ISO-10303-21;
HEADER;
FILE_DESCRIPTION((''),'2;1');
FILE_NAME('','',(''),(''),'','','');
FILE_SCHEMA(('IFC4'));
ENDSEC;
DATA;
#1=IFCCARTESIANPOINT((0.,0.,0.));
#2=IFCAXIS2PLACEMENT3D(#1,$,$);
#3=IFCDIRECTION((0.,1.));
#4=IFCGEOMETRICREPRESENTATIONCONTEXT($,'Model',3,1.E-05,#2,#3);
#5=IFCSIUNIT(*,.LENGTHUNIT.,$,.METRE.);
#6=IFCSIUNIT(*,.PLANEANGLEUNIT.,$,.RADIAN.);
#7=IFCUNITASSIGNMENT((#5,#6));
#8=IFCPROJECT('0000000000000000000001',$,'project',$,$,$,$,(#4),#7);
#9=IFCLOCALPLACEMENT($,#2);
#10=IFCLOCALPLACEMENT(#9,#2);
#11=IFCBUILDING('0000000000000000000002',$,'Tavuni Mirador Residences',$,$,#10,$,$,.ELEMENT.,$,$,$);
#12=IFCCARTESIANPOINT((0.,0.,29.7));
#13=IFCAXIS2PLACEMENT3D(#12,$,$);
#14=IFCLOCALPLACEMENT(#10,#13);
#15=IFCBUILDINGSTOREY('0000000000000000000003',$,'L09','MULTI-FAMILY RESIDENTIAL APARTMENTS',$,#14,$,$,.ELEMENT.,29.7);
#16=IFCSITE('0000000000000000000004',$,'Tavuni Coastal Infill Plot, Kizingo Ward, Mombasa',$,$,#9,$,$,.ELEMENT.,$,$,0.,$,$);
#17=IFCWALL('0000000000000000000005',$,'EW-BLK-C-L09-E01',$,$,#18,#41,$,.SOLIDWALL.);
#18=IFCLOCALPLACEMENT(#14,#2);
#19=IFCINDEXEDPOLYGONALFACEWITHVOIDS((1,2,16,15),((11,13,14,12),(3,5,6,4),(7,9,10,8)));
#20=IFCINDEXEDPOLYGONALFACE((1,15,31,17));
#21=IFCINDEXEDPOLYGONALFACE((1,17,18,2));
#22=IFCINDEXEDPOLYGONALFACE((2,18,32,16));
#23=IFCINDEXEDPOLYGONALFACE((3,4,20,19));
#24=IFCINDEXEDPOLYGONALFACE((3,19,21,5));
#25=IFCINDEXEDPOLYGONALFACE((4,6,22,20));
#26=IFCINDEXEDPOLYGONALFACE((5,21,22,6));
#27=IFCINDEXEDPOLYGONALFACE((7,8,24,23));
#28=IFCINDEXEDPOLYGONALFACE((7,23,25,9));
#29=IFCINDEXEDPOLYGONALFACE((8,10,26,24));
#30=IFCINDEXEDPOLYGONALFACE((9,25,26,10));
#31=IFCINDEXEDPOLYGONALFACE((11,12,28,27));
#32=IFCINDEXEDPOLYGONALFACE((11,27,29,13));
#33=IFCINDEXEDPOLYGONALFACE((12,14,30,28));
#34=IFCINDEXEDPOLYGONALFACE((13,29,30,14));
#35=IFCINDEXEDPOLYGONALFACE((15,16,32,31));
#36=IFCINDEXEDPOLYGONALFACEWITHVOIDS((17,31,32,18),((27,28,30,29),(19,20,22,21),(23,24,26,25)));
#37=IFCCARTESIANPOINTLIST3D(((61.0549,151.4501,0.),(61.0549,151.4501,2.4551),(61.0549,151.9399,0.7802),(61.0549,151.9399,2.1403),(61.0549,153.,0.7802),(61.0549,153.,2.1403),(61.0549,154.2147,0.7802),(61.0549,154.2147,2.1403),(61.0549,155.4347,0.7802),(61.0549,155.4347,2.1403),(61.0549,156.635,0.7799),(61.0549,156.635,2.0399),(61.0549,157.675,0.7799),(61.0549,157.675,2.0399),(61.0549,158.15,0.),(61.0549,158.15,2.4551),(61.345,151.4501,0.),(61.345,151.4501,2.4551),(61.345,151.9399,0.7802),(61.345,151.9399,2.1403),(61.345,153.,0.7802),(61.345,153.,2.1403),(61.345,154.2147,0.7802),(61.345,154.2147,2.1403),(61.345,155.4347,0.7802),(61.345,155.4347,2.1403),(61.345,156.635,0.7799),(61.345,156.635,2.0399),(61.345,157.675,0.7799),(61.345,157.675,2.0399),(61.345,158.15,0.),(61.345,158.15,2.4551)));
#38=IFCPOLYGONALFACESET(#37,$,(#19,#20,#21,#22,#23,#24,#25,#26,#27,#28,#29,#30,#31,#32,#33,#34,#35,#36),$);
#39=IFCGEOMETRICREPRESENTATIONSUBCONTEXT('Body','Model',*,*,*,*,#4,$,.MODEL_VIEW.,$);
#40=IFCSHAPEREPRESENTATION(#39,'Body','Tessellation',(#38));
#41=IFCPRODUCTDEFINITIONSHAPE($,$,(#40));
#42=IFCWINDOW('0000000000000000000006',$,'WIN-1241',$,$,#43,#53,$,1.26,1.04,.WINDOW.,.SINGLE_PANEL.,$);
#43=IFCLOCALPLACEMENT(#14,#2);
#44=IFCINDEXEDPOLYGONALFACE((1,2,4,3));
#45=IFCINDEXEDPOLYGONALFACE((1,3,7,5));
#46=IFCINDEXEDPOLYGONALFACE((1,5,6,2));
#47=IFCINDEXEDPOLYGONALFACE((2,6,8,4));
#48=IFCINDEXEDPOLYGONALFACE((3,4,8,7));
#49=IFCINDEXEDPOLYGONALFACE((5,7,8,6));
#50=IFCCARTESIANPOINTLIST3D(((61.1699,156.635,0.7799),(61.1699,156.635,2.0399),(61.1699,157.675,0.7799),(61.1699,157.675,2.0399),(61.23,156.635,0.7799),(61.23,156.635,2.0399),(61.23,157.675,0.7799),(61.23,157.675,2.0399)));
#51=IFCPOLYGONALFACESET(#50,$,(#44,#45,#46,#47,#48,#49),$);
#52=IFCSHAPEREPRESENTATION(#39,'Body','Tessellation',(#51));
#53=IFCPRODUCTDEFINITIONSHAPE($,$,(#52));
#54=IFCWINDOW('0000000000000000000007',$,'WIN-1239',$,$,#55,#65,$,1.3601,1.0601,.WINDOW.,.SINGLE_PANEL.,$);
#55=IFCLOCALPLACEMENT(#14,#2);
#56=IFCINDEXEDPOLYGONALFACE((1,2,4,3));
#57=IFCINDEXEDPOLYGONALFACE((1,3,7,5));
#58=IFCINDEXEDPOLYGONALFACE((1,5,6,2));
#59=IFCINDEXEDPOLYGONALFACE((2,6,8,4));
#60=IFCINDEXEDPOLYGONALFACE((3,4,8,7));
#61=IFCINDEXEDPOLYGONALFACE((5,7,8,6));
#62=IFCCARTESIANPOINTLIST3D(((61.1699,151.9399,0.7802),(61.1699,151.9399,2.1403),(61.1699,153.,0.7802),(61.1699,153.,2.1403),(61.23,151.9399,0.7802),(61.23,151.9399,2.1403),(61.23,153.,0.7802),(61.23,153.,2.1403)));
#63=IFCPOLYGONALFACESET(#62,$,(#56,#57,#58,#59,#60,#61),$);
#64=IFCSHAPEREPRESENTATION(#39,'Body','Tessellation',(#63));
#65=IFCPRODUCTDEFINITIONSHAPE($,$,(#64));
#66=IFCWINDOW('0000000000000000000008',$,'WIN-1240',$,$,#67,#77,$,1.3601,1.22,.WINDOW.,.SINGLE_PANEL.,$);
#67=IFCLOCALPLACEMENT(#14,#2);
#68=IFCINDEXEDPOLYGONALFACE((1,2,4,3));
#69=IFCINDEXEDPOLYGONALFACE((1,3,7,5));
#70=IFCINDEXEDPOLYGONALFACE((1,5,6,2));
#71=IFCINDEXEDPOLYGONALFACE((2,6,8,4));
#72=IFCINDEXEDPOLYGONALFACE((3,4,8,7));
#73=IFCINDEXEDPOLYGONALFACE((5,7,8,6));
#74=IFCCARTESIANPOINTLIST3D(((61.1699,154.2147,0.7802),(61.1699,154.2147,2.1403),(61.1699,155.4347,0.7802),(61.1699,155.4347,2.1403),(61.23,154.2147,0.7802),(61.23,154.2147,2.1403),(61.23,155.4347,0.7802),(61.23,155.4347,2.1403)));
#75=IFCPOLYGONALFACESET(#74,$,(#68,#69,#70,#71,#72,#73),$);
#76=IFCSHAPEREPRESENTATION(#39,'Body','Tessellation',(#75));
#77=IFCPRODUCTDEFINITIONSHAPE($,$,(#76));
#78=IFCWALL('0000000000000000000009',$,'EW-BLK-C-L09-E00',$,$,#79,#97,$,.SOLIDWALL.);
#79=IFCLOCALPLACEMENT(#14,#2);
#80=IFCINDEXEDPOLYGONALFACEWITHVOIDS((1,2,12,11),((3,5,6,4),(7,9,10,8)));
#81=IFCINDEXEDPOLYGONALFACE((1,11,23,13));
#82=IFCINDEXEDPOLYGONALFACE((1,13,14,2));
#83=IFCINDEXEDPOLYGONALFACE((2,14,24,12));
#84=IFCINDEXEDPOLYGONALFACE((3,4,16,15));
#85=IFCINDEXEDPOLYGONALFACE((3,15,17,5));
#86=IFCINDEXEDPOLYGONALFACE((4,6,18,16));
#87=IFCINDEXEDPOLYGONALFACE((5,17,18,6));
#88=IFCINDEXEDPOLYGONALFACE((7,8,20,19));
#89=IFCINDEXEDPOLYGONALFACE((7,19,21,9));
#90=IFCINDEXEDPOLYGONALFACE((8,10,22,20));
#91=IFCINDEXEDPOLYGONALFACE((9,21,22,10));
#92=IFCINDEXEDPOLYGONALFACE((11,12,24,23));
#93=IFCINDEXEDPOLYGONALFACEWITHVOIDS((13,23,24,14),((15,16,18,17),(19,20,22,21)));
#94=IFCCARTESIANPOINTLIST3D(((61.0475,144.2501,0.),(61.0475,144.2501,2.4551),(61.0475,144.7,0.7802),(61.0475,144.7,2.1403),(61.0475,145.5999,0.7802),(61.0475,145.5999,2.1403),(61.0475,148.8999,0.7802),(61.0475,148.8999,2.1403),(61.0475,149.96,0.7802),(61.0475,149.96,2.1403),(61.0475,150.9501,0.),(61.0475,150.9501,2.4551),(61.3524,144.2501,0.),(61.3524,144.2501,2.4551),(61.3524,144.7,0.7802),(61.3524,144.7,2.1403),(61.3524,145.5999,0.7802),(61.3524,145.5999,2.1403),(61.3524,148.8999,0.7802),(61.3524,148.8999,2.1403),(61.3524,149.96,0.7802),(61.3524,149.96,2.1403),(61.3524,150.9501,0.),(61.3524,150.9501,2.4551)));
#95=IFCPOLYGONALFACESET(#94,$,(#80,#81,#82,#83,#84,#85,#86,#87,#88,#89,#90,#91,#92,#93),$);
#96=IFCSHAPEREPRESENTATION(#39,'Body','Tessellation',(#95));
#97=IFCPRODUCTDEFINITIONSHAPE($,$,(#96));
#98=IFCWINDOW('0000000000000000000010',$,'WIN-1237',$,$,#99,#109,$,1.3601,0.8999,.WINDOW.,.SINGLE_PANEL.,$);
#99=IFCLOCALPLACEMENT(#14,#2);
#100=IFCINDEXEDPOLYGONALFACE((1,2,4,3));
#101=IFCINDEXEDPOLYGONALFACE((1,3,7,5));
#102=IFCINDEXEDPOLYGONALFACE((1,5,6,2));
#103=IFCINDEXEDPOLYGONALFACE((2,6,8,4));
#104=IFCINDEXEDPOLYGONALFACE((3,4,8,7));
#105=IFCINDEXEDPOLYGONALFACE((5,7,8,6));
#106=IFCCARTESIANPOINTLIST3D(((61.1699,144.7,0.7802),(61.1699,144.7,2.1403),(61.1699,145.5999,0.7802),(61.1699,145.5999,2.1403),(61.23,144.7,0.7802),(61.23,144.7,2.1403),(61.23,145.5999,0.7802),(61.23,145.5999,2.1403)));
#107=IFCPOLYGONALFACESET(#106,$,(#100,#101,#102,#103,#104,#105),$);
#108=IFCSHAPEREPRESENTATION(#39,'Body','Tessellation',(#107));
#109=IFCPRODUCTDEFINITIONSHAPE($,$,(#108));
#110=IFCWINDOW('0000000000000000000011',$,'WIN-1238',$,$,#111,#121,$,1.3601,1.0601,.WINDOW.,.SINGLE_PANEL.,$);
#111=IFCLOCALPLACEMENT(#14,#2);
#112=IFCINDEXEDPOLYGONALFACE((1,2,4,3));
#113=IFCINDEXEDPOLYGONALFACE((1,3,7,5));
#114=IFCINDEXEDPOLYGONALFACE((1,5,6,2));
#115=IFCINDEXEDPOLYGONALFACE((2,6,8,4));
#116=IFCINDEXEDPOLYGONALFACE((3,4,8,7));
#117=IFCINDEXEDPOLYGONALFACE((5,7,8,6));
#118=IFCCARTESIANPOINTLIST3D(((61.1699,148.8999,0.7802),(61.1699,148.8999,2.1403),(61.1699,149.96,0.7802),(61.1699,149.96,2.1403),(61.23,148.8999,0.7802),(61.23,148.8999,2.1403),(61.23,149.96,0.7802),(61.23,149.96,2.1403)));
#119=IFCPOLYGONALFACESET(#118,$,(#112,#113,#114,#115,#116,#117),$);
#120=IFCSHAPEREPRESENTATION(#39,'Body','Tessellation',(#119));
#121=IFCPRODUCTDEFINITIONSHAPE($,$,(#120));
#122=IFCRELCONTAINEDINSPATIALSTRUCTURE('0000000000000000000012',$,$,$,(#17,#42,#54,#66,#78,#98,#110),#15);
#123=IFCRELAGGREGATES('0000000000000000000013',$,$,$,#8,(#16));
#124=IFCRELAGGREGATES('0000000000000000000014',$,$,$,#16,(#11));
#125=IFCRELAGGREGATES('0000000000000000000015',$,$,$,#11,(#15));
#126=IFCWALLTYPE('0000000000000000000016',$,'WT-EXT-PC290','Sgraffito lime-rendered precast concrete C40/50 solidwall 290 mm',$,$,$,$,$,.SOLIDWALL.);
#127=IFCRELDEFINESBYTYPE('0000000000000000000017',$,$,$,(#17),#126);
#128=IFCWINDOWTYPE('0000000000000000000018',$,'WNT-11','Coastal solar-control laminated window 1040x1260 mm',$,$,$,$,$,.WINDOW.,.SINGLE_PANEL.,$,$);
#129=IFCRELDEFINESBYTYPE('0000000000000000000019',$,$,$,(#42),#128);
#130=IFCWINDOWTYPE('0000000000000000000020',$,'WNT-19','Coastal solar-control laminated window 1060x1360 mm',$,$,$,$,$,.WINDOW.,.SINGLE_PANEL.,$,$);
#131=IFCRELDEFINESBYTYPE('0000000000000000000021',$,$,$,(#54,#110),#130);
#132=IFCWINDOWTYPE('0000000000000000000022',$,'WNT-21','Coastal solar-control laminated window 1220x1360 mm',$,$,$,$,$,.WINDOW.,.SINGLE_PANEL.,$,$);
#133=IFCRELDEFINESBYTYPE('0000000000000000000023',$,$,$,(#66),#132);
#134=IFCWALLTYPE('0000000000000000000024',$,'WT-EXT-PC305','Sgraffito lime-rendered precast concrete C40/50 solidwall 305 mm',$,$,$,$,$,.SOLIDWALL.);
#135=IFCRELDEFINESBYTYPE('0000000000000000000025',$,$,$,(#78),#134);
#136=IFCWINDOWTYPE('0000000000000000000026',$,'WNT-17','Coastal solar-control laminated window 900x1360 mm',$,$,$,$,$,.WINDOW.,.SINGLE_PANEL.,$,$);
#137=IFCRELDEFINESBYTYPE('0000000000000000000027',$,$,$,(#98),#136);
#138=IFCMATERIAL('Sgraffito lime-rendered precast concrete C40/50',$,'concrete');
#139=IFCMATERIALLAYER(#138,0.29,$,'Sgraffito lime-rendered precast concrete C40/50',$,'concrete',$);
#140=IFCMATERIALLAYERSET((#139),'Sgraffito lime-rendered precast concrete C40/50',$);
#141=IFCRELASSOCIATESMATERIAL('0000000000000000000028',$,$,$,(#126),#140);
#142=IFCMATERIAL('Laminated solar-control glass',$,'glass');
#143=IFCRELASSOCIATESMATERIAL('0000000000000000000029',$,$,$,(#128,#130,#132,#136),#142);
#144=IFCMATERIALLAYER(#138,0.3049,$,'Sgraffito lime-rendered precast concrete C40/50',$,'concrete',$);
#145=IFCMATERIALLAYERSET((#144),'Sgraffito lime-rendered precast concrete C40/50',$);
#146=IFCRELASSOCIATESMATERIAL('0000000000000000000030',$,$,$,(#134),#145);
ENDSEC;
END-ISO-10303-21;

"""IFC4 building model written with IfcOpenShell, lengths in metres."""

from ifc_helpers import new_model, si_unit, direction, frame, frame_2d, origin, place, context, subcontext, project, spatial, rectangle, extrude, material, layer, layer_set, type_object, element, fill, save


model = new_model("IFC4")

# Units and contexts
model_context = context("Model", 3, precision=1e-05, world=origin(), true_north=direction((0.0, 1.0)))
body_context = subcontext(model_context, "Body", "Model", "MODEL_VIEW")
ifc_project = project(units=[si_unit("LENGTHUNIT", "METRE"), si_unit("PLANEANGLEUNIT", "RADIAN")], contexts=[model_context])

# Site, building, storey
site_placement = place(None, origin())
site = spatial("IfcSite", under=ifc_project, at=site_placement, Name="Tavuni Coastal Infill Plot, Kizingo Ward, Mombasa", CompositionType="ELEMENT", RefElevation=0.0)
building_placement = place(site_placement, origin())
building = spatial("IfcBuilding", under=site, at=building_placement, Name="Tavuni Mirador Residences", CompositionType="ELEMENT")
storey_placement = place(building_placement, frame((0.0, 0.0, 29.7)))
storey = spatial("IfcBuildingStorey", under=building, at=storey_placement, Name="L09", Description="MULTI-FAMILY RESIDENTIAL APARTMENTS", CompositionType="ELEMENT", Elevation=29.7)

# Walls, openings, windows
ifc_material_1 = material(Name="Sgraffito lime-rendered precast concrete C40/50", Category="concrete")
ifc_material_2 = material(Name="Laminated solar-control glass", Category="glass")
ifc_layer_1 = layer(ifc_material_1, 0.29, Name="Sgraffito lime-rendered precast concrete C40/50", Category="concrete")
ifc_layer_set_1 = layer_set([ifc_layer_1], Name="Sgraffito lime-rendered precast concrete C40/50")
wall_type_1 = type_object("IfcWallType", Name="WT-EXT-PC290", Description="Sgraffito lime-rendered precast concrete C40/50 solidwall 290 mm", PredefinedType="SOLIDWALL", material=ifc_layer_set_1)
wall_1_placement = place(storey_placement, frame((61.2, 151.45, 0.0), z_axis=(0.0, 0.0, 1.0), x_axis=(0.0, 1.0, 0.0)))
wall_1 = element("IfcWall", 1, at=wall_1_placement, inside=storey, type_object=wall_type_1, Name="EW-BLK-C-L09-E01", PredefinedType="SOLIDWALL", context=body_context, shape_type="SweptSolid", body=[
    extrude(rectangle(XDim=6.7, YDim=0.29, at=frame_2d((3.3501, 0.0))), origin(), (0.0, 0.0, 1.0), 2.4551),
])
opening_1_placement = place(wall_1_placement, frame((0.49, 0.0, 0.78)))
opening_1 = element("IfcOpeningElement", 2, at=opening_1_placement, cuts=wall_1, PredefinedType="OPENING", context=body_context, shape_type="SweptSolid", body=[
    extrude(rectangle(XDim=1.0601, YDim=1.3601, at=frame_2d((0.53, 0.6802))), frame((0.0, 0.155, 0.0), z_axis=(0.0, -1.0, 0.0), x_axis=(1.0, 0.0, 0.0)), (0.0, 0.0, 1.0), 0.3101),
])
opening_2_placement = place(wall_1_placement, frame((2.7649, 0.0, 0.78)))
opening_2 = element("IfcOpeningElement", 3, at=opening_2_placement, cuts=wall_1, PredefinedType="OPENING", context=body_context, shape_type="SweptSolid", body=[
    extrude(rectangle(XDim=1.22, YDim=1.3601, at=frame_2d((0.6099, 0.6802))), frame((0.0, 0.155, 0.0), z_axis=(0.0, -1.0, 0.0), x_axis=(1.0, 0.0, 0.0)), (0.0, 0.0, 1.0), 0.3101),
])
opening_3_placement = place(wall_1_placement, frame((5.1851, 0.0, 0.78)))
opening_3 = element("IfcOpeningElement", 4, at=opening_3_placement, cuts=wall_1, PredefinedType="OPENING", context=body_context, shape_type="SweptSolid", body=[
    extrude(rectangle(XDim=1.04, YDim=1.26, at=frame_2d((0.52, 0.6299))), frame((0.0, 0.155, 0.0), z_axis=(0.0, -1.0, 0.0), x_axis=(1.0, 0.0, 0.0)), (0.0, 0.0, 1.0), 0.3101),
])
window_type_1 = type_object("IfcWindowType", Name="WNT-11", Description="Coastal solar-control laminated window 1040x1260 mm", PartitioningType="SINGLE_PANEL", PredefinedType="WINDOW", material=ifc_material_2)
window_1_placement = place(opening_3_placement, origin())
window_1 = element("IfcWindow", 5, at=window_1_placement, inside=storey, type_object=window_type_1, Name="WIN-1241", OverallHeight=1.26, OverallWidth=1.04, PartitioningType="SINGLE_PANEL", PredefinedType="WINDOW", context=body_context, shape_type="SweptSolid", body=[
    extrude(rectangle(XDim=1.04, YDim=1.26, at=frame_2d((0.52, 0.6299))), frame((0.0, 0.03, 0.0), z_axis=(0.0, -1.0, 0.0), x_axis=(1.0, 0.0, 0.0)), (0.0, 0.0, 1.0), 0.0601),
])
fill(opening_3, window_1)
window_type_2 = type_object("IfcWindowType", Name="WNT-19", Description="Coastal solar-control laminated window 1060x1360 mm", PartitioningType="SINGLE_PANEL", PredefinedType="WINDOW", material=ifc_material_2)
window_2_placement = place(opening_1_placement, origin())
window_2 = element("IfcWindow", 6, at=window_2_placement, inside=storey, type_object=window_type_2, Name="WIN-1239", OverallHeight=1.3601, OverallWidth=1.0601, PartitioningType="SINGLE_PANEL", PredefinedType="WINDOW", context=body_context, shape_type="SweptSolid", body=[
    extrude(rectangle(XDim=1.0601, YDim=1.3601, at=frame_2d((0.53, 0.6802))), frame((0.0, 0.03, 0.0), z_axis=(0.0, -1.0, 0.0), x_axis=(1.0, 0.0, 0.0)), (0.0, 0.0, 1.0), 0.0601),
])
fill(opening_1, window_2)
window_type_3 = type_object("IfcWindowType", Name="WNT-21", Description="Coastal solar-control laminated window 1220x1360 mm", PartitioningType="SINGLE_PANEL", PredefinedType="WINDOW", material=ifc_material_2)
window_3_placement = place(opening_2_placement, origin())
window_3 = element("IfcWindow", 7, at=window_3_placement, inside=storey, type_object=window_type_3, Name="WIN-1240", OverallHeight=1.3601, OverallWidth=1.22, PartitioningType="SINGLE_PANEL", PredefinedType="WINDOW", context=body_context, shape_type="SweptSolid", body=[
    extrude(rectangle(XDim=1.22, YDim=1.3601, at=frame_2d((0.6099, 0.6802))), frame((0.0, 0.03, 0.0), z_axis=(0.0, -1.0, 0.0), x_axis=(1.0, 0.0, 0.0)), (0.0, 0.0, 1.0), 0.0601),
])
fill(opening_2, window_3)
ifc_layer_2 = layer(ifc_material_1, 0.3049, Name="Sgraffito lime-rendered precast concrete C40/50", Category="concrete")
ifc_layer_set_2 = layer_set([ifc_layer_2], Name="Sgraffito lime-rendered precast concrete C40/50")
wall_type_2 = type_object("IfcWallType", Name="WT-EXT-PC305", Description="Sgraffito lime-rendered precast concrete C40/50 solidwall 305 mm", PredefinedType="SOLIDWALL", material=ifc_layer_set_2)
wall_2_placement = place(storey_placement, frame((61.2, 144.25, 0.0), z_axis=(0.0, 0.0, 1.0), x_axis=(0.0, 1.0, 0.0)))
wall_2 = element("IfcWall", 8, at=wall_2_placement, inside=storey, type_object=wall_type_2, Name="EW-BLK-C-L09-E00", PredefinedType="SOLIDWALL", context=body_context, shape_type="SweptSolid", body=[
    extrude(rectangle(XDim=6.7, YDim=0.3049, at=frame_2d((3.3501, 0.0))), origin(), (0.0, 0.0, 1.0), 2.4551),
])
opening_4_placement = place(wall_2_placement, frame((0.45, 0.0, 0.78)))
opening_4 = element("IfcOpeningElement", 9, at=opening_4_placement, cuts=wall_2, PredefinedType="OPENING", context=body_context, shape_type="SweptSolid", body=[
    extrude(rectangle(XDim=0.8999, YDim=1.3601, at=frame_2d((0.45, 0.6802))), frame((0.0, 0.1626, 0.0), z_axis=(0.0, -1.0, 0.0), x_axis=(1.0, 0.0, 0.0)), (0.0, 0.0, 1.0), 0.325),
])
opening_5_placement = place(wall_2_placement, frame((4.6499, 0.0, 0.78)))
opening_5 = element("IfcOpeningElement", 10, at=opening_5_placement, cuts=wall_2, PredefinedType="OPENING", context=body_context, shape_type="SweptSolid", body=[
    extrude(rectangle(XDim=1.0601, YDim=1.3601, at=frame_2d((0.53, 0.6802))), frame((0.0, 0.1626, 0.0), z_axis=(0.0, -1.0, 0.0), x_axis=(1.0, 0.0, 0.0)), (0.0, 0.0, 1.0), 0.325),
])
window_type_4 = type_object("IfcWindowType", Name="WNT-17", Description="Coastal solar-control laminated window 900x1360 mm", PartitioningType="SINGLE_PANEL", PredefinedType="WINDOW", material=ifc_material_2)
window_4_placement = place(opening_4_placement, origin())
window_4 = element("IfcWindow", 11, at=window_4_placement, inside=storey, type_object=window_type_4, Name="WIN-1237", OverallHeight=1.3601, OverallWidth=0.8999, PartitioningType="SINGLE_PANEL", PredefinedType="WINDOW", context=body_context, shape_type="SweptSolid", body=[
    extrude(rectangle(XDim=0.8999, YDim=1.3601, at=frame_2d((0.45, 0.6802))), frame((0.0, 0.03, 0.0), z_axis=(0.0, -1.0, 0.0), x_axis=(1.0, 0.0, 0.0)), (0.0, 0.0, 1.0), 0.0601),
])
fill(opening_4, window_4)
window_5_placement = place(opening_5_placement, origin())
window_5 = element("IfcWindow", 12, at=window_5_placement, inside=storey, type_object=window_type_2, Name="WIN-1238", OverallHeight=1.3601, OverallWidth=1.0601, PartitioningType="SINGLE_PANEL", PredefinedType="WINDOW", context=body_context, shape_type="SweptSolid", body=[
    extrude(rectangle(XDim=1.0601, YDim=1.3601, at=frame_2d((0.53, 0.6802))), frame((0.0, 0.03, 0.0), z_axis=(0.0, -1.0, 0.0), x_axis=(1.0, 0.0, 0.0)), (0.0, 0.0, 1.0), 0.0601),
])
fill(opening_5, window_5)

save(model, "model.ifc")
